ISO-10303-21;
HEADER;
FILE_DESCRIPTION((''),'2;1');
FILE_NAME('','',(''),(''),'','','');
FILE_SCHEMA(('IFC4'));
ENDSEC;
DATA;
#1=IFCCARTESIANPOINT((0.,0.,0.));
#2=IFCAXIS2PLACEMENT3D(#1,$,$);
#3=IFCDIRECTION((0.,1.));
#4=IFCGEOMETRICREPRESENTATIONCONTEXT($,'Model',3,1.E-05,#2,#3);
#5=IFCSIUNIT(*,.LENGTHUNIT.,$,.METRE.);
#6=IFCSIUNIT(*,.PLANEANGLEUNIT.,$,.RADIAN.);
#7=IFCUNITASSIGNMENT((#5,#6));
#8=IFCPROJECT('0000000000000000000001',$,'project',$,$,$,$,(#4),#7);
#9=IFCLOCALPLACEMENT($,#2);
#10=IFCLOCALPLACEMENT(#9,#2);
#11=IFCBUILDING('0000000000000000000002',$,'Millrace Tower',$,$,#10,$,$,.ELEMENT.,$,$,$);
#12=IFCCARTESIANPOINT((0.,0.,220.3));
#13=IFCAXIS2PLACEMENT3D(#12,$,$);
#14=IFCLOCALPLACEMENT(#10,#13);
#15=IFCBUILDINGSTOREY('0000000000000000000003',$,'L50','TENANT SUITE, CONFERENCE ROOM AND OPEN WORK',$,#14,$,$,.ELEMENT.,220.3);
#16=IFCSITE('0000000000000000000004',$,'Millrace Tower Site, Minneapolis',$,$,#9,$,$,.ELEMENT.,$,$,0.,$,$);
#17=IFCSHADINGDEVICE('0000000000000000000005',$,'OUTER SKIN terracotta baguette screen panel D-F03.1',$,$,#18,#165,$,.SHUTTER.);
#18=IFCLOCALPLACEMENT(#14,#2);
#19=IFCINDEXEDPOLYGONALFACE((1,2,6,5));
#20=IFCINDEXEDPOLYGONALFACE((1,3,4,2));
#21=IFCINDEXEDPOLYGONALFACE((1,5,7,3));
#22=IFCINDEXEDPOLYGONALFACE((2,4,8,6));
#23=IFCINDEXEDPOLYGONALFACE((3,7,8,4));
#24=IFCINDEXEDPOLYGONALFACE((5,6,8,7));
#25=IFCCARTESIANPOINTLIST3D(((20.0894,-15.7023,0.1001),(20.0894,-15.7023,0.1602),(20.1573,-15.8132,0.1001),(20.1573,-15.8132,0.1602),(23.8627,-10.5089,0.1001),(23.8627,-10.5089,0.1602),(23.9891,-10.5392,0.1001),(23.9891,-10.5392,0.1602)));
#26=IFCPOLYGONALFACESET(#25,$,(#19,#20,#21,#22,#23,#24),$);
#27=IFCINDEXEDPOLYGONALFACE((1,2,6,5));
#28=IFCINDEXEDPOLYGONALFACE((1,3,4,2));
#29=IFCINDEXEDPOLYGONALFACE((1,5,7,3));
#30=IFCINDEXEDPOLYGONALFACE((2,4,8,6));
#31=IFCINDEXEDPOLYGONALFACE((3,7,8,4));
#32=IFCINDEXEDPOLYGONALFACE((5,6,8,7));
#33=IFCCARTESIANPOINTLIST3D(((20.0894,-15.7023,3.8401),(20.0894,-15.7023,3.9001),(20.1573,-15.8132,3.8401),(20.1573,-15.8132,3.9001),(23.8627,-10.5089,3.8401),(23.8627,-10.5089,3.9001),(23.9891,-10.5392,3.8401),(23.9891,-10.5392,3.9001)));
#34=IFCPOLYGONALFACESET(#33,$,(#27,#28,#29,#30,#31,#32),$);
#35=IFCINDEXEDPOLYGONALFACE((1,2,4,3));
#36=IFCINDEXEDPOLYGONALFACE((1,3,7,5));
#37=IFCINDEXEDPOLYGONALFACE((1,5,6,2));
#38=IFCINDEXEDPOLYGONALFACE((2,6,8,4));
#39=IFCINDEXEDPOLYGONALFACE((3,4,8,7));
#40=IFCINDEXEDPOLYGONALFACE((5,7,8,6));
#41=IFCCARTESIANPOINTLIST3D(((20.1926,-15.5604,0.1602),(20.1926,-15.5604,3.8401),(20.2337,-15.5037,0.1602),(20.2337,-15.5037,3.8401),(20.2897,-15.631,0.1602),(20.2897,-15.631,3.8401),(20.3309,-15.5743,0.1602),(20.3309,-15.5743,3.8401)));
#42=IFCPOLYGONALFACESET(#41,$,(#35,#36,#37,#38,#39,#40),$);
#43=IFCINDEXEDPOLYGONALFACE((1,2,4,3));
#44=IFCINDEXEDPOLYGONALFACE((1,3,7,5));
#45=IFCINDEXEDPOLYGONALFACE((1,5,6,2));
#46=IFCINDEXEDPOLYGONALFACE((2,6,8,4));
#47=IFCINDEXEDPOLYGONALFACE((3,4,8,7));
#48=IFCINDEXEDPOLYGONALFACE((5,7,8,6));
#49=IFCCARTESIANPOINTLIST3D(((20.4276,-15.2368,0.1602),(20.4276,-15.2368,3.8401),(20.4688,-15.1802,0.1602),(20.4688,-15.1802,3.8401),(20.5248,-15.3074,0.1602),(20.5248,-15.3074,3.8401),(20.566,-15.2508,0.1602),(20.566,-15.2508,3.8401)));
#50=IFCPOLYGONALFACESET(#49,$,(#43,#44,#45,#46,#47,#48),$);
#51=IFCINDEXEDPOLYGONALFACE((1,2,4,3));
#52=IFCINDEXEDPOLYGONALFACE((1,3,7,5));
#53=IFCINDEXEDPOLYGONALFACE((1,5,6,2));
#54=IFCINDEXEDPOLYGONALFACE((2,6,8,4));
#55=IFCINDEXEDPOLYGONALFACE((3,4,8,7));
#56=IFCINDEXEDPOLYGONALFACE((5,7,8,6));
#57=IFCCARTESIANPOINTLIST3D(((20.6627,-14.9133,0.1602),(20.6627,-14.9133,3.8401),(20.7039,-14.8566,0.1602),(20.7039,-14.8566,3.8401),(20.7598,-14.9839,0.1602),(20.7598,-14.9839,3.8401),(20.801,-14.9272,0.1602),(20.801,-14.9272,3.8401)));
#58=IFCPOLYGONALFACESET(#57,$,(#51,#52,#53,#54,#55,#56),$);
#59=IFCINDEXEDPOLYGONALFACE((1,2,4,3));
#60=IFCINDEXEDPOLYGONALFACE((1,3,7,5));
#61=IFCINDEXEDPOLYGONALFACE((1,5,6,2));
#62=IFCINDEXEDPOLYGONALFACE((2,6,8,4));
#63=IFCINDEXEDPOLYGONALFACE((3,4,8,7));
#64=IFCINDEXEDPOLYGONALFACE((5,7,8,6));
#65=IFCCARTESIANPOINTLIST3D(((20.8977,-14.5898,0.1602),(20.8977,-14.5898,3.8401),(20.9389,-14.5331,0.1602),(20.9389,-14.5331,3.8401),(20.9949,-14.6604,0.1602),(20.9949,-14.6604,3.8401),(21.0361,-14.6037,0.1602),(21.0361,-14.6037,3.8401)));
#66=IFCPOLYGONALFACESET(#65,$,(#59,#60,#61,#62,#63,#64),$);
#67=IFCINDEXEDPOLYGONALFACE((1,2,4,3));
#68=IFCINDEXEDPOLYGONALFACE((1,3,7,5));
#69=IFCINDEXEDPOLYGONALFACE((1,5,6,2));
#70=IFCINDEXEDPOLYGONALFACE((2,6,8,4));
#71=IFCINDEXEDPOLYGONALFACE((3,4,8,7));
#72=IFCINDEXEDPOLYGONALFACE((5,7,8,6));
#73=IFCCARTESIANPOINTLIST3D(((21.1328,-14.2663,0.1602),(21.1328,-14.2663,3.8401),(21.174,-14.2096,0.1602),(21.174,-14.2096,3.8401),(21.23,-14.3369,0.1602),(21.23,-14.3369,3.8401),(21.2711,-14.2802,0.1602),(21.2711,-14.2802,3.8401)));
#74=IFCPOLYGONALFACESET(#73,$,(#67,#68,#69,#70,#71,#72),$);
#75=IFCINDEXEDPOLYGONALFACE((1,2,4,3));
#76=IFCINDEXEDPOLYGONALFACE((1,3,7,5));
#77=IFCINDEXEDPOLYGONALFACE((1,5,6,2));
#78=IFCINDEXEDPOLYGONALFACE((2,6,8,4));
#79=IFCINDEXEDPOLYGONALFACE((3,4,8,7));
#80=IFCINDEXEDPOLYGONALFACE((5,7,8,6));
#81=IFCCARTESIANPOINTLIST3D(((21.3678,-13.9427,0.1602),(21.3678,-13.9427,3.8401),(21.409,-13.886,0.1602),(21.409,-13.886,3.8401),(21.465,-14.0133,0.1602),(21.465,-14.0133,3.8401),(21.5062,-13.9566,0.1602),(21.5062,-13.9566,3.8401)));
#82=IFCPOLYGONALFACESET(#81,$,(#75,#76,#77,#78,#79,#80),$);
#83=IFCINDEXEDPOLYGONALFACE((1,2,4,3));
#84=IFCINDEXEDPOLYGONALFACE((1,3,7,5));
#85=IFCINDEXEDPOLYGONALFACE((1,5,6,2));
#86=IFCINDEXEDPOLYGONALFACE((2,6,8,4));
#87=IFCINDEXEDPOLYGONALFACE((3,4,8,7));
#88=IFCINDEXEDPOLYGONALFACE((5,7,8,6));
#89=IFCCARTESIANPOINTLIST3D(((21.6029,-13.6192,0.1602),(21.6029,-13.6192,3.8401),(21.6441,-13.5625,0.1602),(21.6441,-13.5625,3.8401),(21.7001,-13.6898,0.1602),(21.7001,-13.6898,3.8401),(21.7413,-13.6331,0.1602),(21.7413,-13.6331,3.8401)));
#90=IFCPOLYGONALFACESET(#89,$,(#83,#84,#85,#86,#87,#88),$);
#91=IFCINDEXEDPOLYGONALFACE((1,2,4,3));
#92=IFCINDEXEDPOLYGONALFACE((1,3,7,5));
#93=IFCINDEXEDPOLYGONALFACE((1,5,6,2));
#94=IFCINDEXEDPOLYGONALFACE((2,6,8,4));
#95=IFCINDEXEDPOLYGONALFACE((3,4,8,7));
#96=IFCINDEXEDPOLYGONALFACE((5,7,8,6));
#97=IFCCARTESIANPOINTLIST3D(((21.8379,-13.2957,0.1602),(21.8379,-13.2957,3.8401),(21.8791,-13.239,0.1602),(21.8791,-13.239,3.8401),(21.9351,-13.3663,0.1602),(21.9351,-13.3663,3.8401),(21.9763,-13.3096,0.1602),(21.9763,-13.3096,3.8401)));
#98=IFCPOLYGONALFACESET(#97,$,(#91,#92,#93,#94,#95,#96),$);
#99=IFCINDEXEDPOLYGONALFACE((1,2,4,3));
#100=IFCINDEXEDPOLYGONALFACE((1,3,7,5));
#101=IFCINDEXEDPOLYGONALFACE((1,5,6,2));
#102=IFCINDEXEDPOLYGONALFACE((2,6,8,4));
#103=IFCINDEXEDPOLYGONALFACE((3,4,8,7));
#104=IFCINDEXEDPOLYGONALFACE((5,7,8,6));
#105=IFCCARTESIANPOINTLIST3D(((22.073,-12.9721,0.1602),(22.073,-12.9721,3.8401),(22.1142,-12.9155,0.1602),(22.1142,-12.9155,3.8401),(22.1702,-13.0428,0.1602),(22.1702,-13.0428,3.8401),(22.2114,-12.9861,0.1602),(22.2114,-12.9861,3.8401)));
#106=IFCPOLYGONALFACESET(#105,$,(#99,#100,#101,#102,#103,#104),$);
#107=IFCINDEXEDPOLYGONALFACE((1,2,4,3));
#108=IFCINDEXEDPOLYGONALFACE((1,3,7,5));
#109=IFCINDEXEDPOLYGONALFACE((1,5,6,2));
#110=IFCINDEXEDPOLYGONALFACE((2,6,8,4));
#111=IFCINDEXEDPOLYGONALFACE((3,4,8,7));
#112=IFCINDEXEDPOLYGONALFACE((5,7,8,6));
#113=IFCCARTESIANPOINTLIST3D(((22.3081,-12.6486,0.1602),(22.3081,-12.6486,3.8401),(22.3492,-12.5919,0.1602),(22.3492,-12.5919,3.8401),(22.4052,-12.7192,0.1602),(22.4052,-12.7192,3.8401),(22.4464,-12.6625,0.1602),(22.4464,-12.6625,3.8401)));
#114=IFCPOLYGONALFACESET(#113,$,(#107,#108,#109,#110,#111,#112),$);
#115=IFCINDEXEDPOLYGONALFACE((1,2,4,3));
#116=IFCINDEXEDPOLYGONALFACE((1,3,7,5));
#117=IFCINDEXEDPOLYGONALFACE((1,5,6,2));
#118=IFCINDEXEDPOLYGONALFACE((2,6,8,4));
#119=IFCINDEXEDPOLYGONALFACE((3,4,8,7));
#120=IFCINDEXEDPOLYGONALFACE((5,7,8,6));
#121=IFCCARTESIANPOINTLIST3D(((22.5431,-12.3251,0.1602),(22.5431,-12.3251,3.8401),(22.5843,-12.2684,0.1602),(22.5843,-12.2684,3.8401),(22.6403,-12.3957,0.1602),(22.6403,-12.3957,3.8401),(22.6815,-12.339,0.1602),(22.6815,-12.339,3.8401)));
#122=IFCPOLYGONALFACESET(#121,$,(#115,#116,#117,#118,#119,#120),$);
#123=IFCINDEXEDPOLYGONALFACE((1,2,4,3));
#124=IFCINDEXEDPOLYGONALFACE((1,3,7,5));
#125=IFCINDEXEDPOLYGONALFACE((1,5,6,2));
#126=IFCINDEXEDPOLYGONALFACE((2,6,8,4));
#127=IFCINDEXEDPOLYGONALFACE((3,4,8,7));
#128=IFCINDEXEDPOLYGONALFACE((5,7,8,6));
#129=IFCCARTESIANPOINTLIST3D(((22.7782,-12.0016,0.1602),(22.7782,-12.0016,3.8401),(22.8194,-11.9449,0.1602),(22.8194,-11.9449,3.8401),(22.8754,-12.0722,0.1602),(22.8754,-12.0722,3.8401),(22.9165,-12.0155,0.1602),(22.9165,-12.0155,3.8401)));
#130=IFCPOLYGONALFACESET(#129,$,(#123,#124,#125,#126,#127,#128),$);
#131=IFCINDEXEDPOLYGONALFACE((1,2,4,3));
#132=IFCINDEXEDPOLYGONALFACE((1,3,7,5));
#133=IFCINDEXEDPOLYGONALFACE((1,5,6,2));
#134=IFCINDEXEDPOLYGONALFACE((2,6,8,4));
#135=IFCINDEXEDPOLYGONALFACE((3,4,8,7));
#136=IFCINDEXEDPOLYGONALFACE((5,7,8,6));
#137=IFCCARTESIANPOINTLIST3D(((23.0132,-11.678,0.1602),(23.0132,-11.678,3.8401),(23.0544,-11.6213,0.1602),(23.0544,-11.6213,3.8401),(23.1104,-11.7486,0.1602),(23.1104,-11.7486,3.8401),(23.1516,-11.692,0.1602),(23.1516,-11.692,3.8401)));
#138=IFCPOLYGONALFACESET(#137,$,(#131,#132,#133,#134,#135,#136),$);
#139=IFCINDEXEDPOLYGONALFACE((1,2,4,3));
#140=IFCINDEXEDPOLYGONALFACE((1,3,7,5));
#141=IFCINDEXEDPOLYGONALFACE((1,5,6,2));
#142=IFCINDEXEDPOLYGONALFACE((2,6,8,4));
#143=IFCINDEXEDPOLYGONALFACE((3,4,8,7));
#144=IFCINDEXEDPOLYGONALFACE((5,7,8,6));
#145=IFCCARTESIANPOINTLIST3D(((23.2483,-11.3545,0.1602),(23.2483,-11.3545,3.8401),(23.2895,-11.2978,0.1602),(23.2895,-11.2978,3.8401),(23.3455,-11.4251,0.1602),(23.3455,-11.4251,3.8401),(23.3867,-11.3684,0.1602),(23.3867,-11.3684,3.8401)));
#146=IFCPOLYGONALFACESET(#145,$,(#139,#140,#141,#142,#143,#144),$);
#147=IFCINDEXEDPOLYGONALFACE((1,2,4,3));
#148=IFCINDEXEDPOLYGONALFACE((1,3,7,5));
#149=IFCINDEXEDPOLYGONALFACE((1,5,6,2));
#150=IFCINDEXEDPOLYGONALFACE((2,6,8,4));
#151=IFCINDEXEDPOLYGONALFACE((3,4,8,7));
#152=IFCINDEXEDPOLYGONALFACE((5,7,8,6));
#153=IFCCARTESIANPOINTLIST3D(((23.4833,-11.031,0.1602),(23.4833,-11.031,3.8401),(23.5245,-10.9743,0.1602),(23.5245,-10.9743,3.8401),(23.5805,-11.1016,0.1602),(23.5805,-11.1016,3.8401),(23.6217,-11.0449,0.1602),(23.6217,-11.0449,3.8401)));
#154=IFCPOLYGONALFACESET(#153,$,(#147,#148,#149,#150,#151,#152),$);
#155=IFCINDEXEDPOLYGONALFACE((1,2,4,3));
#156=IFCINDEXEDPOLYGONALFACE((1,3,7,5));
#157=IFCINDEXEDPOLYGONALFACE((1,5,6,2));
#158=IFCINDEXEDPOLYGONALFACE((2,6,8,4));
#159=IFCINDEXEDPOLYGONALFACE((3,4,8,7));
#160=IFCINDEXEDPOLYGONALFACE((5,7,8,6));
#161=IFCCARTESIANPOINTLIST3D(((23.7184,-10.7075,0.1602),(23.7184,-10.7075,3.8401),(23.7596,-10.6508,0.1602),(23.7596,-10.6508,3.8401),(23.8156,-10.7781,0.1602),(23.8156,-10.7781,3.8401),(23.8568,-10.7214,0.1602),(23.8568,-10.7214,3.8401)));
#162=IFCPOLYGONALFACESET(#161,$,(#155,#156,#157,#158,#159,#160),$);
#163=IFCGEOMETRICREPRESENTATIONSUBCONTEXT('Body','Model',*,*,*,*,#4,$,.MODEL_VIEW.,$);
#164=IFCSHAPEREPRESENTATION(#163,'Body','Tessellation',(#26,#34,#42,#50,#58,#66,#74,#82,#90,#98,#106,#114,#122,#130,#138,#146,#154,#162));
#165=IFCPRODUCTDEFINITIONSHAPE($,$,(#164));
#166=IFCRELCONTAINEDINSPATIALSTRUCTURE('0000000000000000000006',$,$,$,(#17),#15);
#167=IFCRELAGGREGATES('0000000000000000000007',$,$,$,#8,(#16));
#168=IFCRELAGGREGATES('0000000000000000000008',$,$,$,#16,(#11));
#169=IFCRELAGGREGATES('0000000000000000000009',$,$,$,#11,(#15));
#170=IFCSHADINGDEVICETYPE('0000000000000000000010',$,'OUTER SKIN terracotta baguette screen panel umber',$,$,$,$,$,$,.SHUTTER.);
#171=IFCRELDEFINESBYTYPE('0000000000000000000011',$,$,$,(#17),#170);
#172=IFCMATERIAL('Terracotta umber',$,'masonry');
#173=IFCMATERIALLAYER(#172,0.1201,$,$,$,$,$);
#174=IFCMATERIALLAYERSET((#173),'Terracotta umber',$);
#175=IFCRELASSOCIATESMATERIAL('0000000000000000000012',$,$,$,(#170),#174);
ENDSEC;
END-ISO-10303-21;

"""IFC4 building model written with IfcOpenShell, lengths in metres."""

from ifc_helpers import new_model, entity, si_unit, direction, frame, frame_2d, origin, place, context, subcontext, project, spatial, rectangle, extrude, source, transform, mapped, material, layer, layer_set, type_object, element, save


model = new_model("IFC4")

# Units and contexts
model_context = context("Model", 3, precision=1e-05, world=origin(), true_north=direction((0.0, 1.0)))
body_context = subcontext(model_context, "Body", "Model", "MODEL_VIEW")
ifc_project = project(units=[si_unit("LENGTHUNIT", "METRE"), si_unit("PLANEANGLEUNIT", "RADIAN")], contexts=[model_context])

# Site, building, storey
site_placement = place(None, origin())
site = spatial("IfcSite", under=ifc_project, at=site_placement, Name="Millrace Tower Site, Minneapolis", CompositionType="ELEMENT", RefElevation=0.0)
building_placement = place(site_placement, origin())
building = spatial("IfcBuilding", under=site, at=building_placement, Name="Millrace Tower", CompositionType="ELEMENT")
storey_placement = place(building_placement, frame((0.0, 0.0, 220.3)))
storey = spatial("IfcBuildingStorey", under=building, at=storey_placement, Name="L50", Description="TENANT SUITE, CONFERENCE ROOM AND OPEN WORK", CompositionType="ELEMENT", Elevation=220.3)

# Shading device
ifc_material_1 = material(Name="Terracotta umber", Category="masonry")
ifc_layer_1 = layer(ifc_material_1, 0.1201)
ifc_layer_set_1 = layer_set([ifc_layer_1], Name="Terracotta umber")
shading_device_type = type_object("IfcShadingDeviceType", Name="OUTER SKIN terracotta baguette screen panel umber", PredefinedType="SHUTTER", material=ifc_layer_set_1)
cartesian_point_1 = entity("IfcCartesianPoint", [-3.2097, 0.0601])
shared_polyline_1 = entity("IfcPolyline", [cartesian_point_1, entity("IfcCartesianPoint", [3.2097, 0.0601]), entity("IfcCartesianPoint", [3.2595, -0.0601]), entity("IfcCartesianPoint", [-3.2595, -0.0601]), cartesian_point_1])
shared_shape_1 = source(origin(), body_context, "Body", "SweptSolid", [
    entity("IfcExtrudedAreaSolid", entity("IfcArbitraryClosedProfileDef", "AREA", None, shared_polyline_1), entity("IfcAxis2Placement3D", entity("IfcCartesianPoint", [0.0, 0.0, 0.0])), entity("IfcDirection", [0.0, 0.0, 1.0]), 0.0601),
    entity("IfcExtrudedAreaSolid", entity("IfcArbitraryClosedProfileDef", "AREA", None, shared_polyline_1), entity("IfcAxis2Placement3D", entity("IfcCartesianPoint", [0.0, 0.0, 3.74])), entity("IfcDirection", [0.0, 0.0, 1.0]), 0.0601),
    extrude(rectangle(XDim=0.0701, YDim=0.1201, at=frame_2d((-2.9993, 0.0))), frame((0.0, 0.0, 0.0601)), (0.0, 0.0, 1.0), 3.6799),
    extrude(rectangle(XDim=0.0701, YDim=0.1201, at=frame_2d((-2.5994, 0.0))), frame((0.0, 0.0, 0.0601)), (0.0, 0.0, 1.0), 3.6799),
    extrude(rectangle(XDim=0.0701, YDim=0.1201, at=frame_2d((-2.1995, 0.0))), frame((0.0, 0.0, 0.0601)), (0.0, 0.0, 1.0), 3.6799),
    extrude(rectangle(XDim=0.0701, YDim=0.1201, at=frame_2d((-1.7996, 0.0))), frame((0.0, 0.0, 0.0601)), (0.0, 0.0, 1.0), 3.6799),
    extrude(rectangle(XDim=0.0701, YDim=0.1201, at=frame_2d((-1.3997, 0.0))), frame((0.0, 0.0, 0.0601)), (0.0, 0.0, 1.0), 3.6799),
    extrude(rectangle(XDim=0.0701, YDim=0.1201, at=frame_2d((-0.9998, 0.0))), frame((0.0, 0.0, 0.0601)), (0.0, 0.0, 1.0), 3.6799),
    extrude(rectangle(XDim=0.0701, YDim=0.1201, at=frame_2d((-0.5999, 0.0))), frame((0.0, 0.0, 0.0601)), (0.0, 0.0, 1.0), 3.6799),
    extrude(rectangle(XDim=0.0701, YDim=0.1201, at=frame_2d((-0.2, 0.0))), frame((0.0, 0.0, 0.0601)), (0.0, 0.0, 1.0), 3.6799),
    extrude(rectangle(XDim=0.0701, YDim=0.1201, at=frame_2d((0.2, 0.0))), frame((0.0, 0.0, 0.0601)), (0.0, 0.0, 1.0), 3.6799),
    extrude(rectangle(XDim=0.0701, YDim=0.1201, at=frame_2d((0.5999, 0.0))), frame((0.0, 0.0, 0.0601)), (0.0, 0.0, 1.0), 3.6799),
    extrude(rectangle(XDim=0.0701, YDim=0.1201, at=frame_2d((0.9998, 0.0))), frame((0.0, 0.0, 0.0601)), (0.0, 0.0, 1.0), 3.6799),
    extrude(rectangle(XDim=0.0701, YDim=0.1201, at=frame_2d((1.3997, 0.0))), frame((0.0, 0.0, 0.0601)), (0.0, 0.0, 1.0), 3.6799),
    extrude(rectangle(XDim=0.0701, YDim=0.1201, at=frame_2d((1.7996, 0.0))), frame((0.0, 0.0, 0.0601)), (0.0, 0.0, 1.0), 3.6799),
    extrude(rectangle(XDim=0.0701, YDim=0.1201, at=frame_2d((2.1995, 0.0))), frame((0.0, 0.0, 0.0601)), (0.0, 0.0, 1.0), 3.6799),
    extrude(rectangle(XDim=0.0701, YDim=0.1201, at=frame_2d((2.5994, 0.0))), frame((0.0, 0.0, 0.0601)), (0.0, 0.0, 1.0), 3.6799),
    extrude(rectangle(XDim=0.0701, YDim=0.1201, at=frame_2d((2.9993, 0.0))), frame((0.0, 0.0, 0.0601)), (0.0, 0.0, 1.0), 3.6799),
])
shading_device_1_placement = place(storey_placement, frame((22.0247, -13.1409, 0.1001), z_axis=(0.0, 0.0, 1.0), x_axis=(0.587785, 0.809017, 0.0)))
element("IfcShadingDevice", 1, at=shading_device_1_placement, inside=storey, type_object=shading_device_type, Name="OUTER SKIN terracotta baguette screen panel D-F03.1", PredefinedType="SHUTTER", context=body_context, shape_type="MappedRepresentation", body=[
    mapped(shared_shape_1, transform((0.0, 0.0, 0.0), scale=1.0)),
])

save(model, "model.ifc")
